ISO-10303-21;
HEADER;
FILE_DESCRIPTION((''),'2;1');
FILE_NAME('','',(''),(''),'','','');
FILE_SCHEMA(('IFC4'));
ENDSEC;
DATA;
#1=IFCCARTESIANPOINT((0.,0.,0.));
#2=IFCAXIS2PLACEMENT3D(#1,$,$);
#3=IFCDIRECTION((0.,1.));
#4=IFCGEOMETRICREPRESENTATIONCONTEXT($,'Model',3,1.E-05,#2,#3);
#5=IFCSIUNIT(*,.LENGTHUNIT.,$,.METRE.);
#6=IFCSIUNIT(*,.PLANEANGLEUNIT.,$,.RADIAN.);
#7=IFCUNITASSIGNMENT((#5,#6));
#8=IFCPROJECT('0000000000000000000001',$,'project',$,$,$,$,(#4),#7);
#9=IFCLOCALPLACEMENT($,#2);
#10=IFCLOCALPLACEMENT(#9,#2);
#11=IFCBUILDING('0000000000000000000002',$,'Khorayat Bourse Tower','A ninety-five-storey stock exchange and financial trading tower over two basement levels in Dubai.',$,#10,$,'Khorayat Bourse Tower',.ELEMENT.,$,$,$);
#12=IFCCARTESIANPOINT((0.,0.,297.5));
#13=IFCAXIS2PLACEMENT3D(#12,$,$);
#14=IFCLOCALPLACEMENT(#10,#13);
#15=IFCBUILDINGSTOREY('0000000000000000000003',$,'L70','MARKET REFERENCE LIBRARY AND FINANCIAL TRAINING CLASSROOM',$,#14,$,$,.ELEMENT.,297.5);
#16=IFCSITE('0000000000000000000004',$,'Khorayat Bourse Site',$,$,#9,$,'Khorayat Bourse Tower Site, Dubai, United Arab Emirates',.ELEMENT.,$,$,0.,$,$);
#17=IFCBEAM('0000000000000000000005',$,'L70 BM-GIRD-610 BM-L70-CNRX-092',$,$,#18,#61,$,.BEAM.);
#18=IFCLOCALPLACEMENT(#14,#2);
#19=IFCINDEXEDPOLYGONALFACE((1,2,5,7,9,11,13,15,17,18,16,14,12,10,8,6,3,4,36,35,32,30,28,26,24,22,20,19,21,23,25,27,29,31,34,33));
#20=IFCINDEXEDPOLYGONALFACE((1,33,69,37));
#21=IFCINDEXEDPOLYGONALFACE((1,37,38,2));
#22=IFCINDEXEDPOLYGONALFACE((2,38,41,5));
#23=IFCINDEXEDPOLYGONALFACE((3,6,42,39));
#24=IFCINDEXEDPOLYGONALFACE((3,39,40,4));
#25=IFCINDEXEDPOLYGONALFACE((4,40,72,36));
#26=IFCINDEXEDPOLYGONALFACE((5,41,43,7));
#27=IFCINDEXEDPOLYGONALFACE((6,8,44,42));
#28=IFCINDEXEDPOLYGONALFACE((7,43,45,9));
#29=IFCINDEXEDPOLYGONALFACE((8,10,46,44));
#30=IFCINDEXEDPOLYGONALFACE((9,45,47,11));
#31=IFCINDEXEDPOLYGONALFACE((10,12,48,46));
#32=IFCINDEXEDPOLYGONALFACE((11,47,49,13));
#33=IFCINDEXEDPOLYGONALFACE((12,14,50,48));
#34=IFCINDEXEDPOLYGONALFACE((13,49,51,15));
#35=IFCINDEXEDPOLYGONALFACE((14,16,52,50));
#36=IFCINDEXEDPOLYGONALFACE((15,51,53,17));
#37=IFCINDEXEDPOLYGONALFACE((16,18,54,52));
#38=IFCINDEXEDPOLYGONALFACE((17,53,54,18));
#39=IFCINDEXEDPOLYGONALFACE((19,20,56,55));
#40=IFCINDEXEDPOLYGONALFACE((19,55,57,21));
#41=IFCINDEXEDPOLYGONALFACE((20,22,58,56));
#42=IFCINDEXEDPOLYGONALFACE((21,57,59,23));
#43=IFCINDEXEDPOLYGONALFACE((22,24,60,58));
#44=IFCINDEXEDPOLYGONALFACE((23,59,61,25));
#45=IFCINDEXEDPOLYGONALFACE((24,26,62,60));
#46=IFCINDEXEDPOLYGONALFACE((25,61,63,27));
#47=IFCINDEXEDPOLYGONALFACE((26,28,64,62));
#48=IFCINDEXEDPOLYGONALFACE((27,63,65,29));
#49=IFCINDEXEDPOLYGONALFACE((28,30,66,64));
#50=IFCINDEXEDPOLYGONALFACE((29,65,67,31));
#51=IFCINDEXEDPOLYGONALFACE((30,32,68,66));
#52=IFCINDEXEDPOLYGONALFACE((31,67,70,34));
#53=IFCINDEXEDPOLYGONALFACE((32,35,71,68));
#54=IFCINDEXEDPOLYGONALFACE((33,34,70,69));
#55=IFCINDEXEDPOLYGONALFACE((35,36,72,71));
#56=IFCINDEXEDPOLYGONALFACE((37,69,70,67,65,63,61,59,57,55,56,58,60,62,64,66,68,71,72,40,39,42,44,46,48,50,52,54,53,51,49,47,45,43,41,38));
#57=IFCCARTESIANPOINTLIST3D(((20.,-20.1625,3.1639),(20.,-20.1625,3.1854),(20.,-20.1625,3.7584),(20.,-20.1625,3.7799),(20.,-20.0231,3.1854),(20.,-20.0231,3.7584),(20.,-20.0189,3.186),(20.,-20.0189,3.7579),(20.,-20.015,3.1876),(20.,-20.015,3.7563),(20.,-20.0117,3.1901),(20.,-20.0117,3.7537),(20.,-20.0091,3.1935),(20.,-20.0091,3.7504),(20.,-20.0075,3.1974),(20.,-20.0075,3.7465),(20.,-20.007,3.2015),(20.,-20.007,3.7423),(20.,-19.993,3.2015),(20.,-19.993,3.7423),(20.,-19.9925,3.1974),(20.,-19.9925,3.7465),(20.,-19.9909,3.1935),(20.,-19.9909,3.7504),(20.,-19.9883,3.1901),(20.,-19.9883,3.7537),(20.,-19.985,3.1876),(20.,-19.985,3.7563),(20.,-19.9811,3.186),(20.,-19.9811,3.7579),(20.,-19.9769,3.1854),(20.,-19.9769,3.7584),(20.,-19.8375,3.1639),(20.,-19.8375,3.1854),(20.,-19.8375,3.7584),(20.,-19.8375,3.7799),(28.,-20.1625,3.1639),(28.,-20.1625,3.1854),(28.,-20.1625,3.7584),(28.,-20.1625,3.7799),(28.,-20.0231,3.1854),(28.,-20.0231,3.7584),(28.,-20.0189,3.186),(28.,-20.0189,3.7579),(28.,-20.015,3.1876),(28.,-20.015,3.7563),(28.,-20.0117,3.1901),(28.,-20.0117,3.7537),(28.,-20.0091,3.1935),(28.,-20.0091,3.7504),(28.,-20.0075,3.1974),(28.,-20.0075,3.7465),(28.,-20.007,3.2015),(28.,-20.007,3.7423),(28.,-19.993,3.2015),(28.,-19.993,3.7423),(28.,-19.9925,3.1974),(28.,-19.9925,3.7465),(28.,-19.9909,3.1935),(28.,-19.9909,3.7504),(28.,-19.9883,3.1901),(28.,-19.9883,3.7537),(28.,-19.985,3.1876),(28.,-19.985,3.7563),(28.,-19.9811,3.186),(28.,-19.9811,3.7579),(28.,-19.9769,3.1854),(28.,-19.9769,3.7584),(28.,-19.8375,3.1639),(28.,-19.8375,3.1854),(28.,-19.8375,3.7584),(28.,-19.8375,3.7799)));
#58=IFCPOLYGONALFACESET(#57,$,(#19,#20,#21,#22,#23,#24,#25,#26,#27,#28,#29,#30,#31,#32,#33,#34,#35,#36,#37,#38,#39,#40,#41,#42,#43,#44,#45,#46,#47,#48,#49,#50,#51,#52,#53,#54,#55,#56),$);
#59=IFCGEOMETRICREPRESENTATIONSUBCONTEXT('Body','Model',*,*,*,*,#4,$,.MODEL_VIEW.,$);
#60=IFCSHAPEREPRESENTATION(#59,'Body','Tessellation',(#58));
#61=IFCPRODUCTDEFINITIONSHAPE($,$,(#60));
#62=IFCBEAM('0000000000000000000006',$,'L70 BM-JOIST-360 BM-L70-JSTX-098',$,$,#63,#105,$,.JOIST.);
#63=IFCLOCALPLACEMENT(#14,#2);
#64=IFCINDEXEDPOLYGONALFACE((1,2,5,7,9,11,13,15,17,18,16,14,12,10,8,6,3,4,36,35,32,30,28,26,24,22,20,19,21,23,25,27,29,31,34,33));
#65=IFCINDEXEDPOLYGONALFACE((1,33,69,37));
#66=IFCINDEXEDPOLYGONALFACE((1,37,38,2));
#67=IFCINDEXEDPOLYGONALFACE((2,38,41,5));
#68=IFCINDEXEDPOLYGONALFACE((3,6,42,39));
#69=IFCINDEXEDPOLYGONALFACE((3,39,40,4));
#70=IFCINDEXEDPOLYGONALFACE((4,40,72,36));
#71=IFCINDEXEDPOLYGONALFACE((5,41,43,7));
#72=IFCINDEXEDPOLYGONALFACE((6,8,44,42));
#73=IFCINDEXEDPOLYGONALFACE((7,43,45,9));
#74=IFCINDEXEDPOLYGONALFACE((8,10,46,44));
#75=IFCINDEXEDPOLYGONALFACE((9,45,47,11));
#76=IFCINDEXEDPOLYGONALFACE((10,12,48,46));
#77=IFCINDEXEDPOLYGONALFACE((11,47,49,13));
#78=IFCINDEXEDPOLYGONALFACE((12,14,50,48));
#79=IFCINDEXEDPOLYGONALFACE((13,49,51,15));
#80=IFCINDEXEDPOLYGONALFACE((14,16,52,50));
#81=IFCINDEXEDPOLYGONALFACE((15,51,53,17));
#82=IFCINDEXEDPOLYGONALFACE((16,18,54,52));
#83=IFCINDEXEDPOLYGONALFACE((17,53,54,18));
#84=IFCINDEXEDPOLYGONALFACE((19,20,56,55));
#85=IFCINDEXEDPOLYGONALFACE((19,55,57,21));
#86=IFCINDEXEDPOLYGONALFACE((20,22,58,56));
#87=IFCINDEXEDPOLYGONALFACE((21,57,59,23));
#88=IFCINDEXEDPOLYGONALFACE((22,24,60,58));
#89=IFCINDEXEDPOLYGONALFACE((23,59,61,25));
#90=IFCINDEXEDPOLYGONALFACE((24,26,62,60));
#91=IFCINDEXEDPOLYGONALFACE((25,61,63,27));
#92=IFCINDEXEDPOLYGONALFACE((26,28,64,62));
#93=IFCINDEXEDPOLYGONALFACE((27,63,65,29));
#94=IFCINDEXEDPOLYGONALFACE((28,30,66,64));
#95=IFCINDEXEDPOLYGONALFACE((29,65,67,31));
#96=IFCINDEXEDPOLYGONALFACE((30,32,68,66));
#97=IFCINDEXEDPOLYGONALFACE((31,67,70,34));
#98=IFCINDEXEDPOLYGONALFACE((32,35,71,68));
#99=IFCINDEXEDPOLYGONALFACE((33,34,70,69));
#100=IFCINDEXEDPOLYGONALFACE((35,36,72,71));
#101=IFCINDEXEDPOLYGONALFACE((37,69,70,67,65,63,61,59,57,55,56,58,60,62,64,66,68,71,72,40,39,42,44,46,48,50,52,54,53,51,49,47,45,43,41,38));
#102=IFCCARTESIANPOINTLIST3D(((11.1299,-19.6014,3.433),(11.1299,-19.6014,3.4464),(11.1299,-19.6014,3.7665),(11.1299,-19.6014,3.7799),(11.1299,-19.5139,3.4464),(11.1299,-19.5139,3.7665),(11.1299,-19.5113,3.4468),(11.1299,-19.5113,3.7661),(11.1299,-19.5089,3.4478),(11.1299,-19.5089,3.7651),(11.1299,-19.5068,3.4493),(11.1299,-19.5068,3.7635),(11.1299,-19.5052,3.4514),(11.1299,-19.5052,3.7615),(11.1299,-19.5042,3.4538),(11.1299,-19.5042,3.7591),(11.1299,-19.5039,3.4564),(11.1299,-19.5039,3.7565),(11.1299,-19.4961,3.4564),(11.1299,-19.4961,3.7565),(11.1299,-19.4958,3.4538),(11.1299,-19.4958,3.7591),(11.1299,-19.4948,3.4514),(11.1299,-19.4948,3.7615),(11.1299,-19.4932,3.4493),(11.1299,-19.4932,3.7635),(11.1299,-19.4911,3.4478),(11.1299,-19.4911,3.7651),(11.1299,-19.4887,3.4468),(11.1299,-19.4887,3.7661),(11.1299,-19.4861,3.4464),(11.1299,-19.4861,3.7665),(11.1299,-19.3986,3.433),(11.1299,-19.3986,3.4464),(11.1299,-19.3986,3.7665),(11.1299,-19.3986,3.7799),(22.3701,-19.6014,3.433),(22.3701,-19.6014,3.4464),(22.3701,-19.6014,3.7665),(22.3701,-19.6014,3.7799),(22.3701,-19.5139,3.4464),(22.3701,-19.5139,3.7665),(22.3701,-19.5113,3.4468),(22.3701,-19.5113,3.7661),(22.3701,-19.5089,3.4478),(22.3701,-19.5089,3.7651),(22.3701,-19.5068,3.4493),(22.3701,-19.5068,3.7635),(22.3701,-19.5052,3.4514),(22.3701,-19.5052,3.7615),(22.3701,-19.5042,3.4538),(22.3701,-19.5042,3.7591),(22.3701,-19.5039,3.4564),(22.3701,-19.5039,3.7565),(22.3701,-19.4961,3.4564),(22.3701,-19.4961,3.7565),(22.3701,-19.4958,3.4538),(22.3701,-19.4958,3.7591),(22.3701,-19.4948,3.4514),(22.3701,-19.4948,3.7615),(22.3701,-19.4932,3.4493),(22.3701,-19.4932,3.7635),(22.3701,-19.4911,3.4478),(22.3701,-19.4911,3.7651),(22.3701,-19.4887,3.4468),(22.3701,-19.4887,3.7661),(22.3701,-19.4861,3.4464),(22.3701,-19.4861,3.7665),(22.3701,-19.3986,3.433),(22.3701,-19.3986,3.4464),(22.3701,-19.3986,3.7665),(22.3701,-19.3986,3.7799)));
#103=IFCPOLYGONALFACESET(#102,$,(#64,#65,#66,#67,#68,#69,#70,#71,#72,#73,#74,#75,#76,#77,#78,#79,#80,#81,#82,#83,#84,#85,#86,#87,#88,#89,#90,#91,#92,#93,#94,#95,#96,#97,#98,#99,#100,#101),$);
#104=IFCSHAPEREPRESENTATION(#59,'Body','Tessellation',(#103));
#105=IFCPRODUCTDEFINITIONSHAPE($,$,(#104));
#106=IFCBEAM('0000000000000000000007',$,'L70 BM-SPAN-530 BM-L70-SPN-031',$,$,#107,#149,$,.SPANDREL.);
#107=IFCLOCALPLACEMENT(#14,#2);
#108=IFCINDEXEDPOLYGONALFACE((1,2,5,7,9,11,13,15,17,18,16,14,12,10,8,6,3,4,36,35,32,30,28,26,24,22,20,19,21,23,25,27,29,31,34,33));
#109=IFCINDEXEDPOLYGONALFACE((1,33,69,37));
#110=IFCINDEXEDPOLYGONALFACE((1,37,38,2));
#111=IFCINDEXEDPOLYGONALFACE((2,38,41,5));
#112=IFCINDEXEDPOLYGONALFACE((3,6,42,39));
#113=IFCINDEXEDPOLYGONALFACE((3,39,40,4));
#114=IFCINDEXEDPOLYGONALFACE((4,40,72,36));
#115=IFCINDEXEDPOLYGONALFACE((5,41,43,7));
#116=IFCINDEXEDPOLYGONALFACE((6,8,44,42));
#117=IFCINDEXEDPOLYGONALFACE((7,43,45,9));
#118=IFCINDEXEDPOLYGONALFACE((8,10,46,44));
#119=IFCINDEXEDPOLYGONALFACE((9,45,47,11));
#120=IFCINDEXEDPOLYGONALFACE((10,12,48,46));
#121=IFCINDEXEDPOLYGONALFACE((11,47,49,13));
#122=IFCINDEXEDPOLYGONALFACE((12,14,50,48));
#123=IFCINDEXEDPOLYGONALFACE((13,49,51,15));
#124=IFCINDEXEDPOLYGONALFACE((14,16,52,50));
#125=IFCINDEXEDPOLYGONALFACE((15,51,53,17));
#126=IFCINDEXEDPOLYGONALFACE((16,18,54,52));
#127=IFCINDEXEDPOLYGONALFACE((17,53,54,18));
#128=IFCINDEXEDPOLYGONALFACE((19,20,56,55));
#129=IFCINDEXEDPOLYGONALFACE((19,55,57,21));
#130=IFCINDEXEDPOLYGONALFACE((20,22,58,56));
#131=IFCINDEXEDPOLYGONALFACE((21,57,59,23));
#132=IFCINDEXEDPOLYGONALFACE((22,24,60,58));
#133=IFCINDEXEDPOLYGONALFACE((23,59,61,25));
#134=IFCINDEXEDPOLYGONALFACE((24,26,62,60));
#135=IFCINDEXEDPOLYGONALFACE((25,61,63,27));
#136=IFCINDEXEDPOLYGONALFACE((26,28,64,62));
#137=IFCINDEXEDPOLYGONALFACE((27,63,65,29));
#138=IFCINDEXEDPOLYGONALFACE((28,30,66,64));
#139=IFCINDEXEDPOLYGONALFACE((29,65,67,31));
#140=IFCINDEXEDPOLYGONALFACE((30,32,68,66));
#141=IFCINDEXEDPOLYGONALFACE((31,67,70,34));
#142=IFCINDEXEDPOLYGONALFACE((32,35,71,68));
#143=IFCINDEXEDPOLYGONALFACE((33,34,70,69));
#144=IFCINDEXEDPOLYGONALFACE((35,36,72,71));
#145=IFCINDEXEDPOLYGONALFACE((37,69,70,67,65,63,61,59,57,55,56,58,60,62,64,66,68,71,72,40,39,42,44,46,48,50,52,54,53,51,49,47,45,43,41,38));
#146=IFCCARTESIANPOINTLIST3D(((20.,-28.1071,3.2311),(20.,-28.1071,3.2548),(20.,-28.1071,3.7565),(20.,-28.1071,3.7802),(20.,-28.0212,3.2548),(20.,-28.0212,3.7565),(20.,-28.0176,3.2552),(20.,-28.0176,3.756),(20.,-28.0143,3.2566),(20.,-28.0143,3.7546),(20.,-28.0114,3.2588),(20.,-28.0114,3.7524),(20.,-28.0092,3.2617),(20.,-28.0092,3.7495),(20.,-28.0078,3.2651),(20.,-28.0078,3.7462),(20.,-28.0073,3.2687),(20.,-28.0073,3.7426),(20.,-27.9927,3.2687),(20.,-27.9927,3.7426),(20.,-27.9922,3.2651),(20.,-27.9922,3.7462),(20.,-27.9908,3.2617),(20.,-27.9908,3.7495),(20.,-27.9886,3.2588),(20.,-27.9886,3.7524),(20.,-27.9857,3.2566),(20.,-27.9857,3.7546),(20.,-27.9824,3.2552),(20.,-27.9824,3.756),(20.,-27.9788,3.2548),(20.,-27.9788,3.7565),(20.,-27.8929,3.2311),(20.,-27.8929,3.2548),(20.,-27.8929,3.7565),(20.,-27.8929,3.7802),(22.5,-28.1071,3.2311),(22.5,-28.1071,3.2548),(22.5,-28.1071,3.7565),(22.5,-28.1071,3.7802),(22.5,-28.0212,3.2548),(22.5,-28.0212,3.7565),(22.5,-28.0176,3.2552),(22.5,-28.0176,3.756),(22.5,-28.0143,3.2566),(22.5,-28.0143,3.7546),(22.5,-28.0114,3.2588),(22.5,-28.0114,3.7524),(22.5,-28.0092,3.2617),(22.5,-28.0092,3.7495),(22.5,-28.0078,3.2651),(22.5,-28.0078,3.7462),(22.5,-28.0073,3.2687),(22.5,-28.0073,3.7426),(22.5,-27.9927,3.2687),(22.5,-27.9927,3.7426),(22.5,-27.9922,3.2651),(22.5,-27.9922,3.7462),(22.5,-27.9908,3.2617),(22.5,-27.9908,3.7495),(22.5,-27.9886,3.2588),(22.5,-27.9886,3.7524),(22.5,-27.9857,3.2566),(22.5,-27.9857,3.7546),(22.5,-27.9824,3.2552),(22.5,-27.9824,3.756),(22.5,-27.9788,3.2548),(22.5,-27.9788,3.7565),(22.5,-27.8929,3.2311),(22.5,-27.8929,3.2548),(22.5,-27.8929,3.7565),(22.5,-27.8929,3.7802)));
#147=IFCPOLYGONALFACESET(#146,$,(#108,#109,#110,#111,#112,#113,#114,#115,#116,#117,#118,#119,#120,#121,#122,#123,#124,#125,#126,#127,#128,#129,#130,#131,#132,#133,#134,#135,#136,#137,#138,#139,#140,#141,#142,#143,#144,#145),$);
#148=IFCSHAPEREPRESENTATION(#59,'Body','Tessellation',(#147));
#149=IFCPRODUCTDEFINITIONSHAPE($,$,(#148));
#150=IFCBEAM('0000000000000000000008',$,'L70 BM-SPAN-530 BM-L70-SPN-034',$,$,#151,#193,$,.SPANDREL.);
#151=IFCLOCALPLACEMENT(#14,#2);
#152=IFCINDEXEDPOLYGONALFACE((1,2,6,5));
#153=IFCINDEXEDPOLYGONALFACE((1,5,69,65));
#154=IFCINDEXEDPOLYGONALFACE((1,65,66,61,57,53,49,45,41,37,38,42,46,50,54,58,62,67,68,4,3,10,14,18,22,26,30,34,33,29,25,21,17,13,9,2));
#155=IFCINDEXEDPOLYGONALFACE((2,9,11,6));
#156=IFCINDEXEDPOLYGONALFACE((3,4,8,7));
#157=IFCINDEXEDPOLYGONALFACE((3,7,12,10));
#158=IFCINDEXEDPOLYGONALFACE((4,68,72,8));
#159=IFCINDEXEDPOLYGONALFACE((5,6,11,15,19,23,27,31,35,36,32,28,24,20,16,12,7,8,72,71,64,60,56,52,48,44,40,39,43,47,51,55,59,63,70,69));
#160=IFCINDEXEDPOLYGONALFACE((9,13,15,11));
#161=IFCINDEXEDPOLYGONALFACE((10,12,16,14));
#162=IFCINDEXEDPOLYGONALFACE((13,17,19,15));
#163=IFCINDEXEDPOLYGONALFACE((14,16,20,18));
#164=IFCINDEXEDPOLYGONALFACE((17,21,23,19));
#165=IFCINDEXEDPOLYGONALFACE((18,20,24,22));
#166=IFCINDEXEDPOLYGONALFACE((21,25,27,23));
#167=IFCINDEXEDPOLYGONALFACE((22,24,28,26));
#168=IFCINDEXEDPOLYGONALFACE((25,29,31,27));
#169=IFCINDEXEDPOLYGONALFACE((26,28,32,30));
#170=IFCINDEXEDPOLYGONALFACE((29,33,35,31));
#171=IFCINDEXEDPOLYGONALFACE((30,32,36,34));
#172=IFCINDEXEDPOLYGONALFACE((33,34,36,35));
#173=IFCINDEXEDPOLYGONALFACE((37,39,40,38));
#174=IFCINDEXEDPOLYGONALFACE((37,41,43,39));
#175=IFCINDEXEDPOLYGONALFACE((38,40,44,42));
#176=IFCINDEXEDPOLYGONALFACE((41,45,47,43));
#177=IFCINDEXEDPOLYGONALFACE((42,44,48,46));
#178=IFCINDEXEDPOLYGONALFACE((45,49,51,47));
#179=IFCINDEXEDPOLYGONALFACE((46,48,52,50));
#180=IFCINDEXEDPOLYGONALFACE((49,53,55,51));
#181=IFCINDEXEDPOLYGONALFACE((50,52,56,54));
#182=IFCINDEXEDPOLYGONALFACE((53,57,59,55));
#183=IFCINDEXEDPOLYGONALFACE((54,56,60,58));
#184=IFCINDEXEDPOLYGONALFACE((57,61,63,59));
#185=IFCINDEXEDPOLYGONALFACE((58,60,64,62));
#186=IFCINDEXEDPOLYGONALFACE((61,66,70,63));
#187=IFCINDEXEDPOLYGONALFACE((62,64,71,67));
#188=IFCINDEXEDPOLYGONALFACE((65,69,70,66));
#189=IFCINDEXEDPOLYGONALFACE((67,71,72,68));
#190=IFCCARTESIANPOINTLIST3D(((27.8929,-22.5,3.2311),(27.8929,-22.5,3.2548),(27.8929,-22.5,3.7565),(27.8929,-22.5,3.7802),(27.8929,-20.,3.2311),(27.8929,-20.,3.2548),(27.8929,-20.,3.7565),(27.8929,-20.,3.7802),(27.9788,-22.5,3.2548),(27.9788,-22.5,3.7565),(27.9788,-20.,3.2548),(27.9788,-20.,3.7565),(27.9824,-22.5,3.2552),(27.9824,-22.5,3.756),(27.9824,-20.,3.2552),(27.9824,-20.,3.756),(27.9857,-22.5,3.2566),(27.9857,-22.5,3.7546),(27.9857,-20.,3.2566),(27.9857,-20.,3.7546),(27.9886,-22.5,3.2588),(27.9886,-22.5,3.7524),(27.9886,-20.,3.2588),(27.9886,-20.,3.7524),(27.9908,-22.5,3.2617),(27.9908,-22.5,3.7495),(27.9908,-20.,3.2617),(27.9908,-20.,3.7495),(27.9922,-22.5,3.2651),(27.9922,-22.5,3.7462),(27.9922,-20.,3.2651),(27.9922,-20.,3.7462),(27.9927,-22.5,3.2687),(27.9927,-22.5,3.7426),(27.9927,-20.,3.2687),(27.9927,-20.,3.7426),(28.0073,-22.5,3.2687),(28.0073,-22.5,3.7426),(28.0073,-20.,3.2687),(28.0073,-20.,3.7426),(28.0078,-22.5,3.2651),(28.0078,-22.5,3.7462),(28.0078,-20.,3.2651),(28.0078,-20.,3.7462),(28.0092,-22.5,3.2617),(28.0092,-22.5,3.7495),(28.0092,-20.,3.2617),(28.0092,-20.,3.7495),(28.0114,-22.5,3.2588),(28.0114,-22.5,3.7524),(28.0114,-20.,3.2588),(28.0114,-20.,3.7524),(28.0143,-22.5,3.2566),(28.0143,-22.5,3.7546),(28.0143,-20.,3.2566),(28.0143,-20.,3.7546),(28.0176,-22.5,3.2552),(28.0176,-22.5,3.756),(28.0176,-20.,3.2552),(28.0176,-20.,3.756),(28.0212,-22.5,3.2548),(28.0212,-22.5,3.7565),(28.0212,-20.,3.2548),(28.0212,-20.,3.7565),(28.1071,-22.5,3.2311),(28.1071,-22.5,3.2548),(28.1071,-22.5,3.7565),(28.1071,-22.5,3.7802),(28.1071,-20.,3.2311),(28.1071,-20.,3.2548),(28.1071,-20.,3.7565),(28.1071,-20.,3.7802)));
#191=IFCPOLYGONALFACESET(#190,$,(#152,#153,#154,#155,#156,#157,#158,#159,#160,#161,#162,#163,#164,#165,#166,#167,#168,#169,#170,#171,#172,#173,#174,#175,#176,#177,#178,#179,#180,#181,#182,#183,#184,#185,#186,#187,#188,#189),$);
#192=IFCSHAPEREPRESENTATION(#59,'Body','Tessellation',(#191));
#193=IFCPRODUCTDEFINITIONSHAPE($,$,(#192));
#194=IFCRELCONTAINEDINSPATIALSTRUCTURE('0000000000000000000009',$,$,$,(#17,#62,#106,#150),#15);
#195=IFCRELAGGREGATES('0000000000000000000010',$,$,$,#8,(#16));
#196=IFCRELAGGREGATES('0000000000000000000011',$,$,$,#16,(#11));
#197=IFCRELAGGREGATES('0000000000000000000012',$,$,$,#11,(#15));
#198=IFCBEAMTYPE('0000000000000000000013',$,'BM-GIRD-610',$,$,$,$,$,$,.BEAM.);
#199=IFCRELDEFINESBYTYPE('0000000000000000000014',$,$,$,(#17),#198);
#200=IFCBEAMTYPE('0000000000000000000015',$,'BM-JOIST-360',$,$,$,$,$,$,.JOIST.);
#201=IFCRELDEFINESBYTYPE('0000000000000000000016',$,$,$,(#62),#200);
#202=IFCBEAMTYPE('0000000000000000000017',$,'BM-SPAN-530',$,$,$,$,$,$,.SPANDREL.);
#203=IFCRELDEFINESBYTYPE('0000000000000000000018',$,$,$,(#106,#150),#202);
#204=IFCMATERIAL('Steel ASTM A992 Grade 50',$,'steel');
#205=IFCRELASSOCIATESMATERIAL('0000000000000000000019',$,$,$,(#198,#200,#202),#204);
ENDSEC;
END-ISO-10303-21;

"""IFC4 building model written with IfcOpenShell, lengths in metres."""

from ifc_helpers import new_model, si_unit, direction, frame, origin, origin_2d, place, context, subcontext, project, spatial, i_section, extrude, source, transform, mapped, material, material_profile, profile_set, type_object, element, save


model = new_model("IFC4")

# Units and contexts
model_context = context("Model", 3, precision=1e-05, world=origin(), true_north=direction((0.0, 1.0)))
body_context = subcontext(model_context, "Body", "Model", "MODEL_VIEW")
ifc_project = project(units=[si_unit("LENGTHUNIT", "METRE"), si_unit("PLANEANGLEUNIT", "RADIAN")], contexts=[model_context])

# Site, building, storey
site_placement = place(None, origin())
site = spatial("IfcSite", under=ifc_project, at=site_placement, Name="Khorayat Bourse Site", LongName="Khorayat Bourse Tower Site, Dubai, United Arab Emirates", CompositionType="ELEMENT", RefElevation=0.0)
building_placement = place(site_placement, origin())
building = spatial("IfcBuilding", under=site, at=building_placement, Name="Khorayat Bourse Tower", Description="A ninety-five-storey stock exchange and financial trading tower over two basement levels in Dubai.", LongName="Khorayat Bourse Tower", CompositionType="ELEMENT")
storey_placement = place(building_placement, frame((0.0, 0.0, 297.5)))
storey = spatial("IfcBuildingStorey", under=building, at=storey_placement, Name="L70", Description="MARKET REFERENCE LIBRARY AND FINANCIAL TRAINING CLASSROOM", CompositionType="ELEMENT", Elevation=297.5)

# Beams
ifc_material_1 = material(Name="Steel ASTM A992 Grade 50", Category="steel")
ifc_material_profile_1 = material_profile(ifc_material_1, i_section(OverallWidth=0.325, OverallDepth=0.616, WebThickness=0.0139, FlangeThickness=0.0215, FilletRadius=0.0161, at=origin_2d()), Name="W610X174")
ifc_profile_set_1 = profile_set([ifc_material_profile_1], Name="Steel ASTM A992 Grade 50")
beam_type_1 = type_object("IfcBeamType", Name="BM-GIRD-610", PredefinedType="BEAM", material=ifc_profile_set_1)
shared_shape_1 = source(origin(), body_context, "Body", "SweptSolid", [
    extrude(i_section(OverallWidth=0.325, OverallDepth=0.616, WebThickness=0.0139, FlangeThickness=0.0215, FilletRadius=0.0161, at=origin_2d()), origin(), (0.0, 0.0, 1.0), 8.0),
])
beam_1_placement = place(storey_placement, frame((20.0, -20.0, 3.4719), z_axis=(1.0, 0.0, 0.0), x_axis=(0.0, 1.0, 0.0)))
element("IfcBeam", 1, at=beam_1_placement, inside=storey, type_object=beam_type_1, Name="L70 BM-GIRD-610 BM-L70-CNRX-092", PredefinedType="BEAM", context=body_context, shape_type="MappedRepresentation", body=[
    mapped(shared_shape_1, transform((0.0, 0.0, 0.0), scale=1.0)),
])
ifc_material_profile_2 = material_profile(ifc_material_1, i_section(OverallWidth=0.2029, OverallDepth=0.3469, WebThickness=0.0078, FlangeThickness=0.0134, FilletRadius=0.01, at=origin_2d()), Name="W360X64")
ifc_profile_set_2 = profile_set([ifc_material_profile_2], Name="Steel ASTM A992 Grade 50")
beam_type_2 = type_object("IfcBeamType", Name="BM-JOIST-360", PredefinedType="JOIST", material=ifc_profile_set_2)
shared_shape_2 = source(origin(), body_context, "Body", "SweptSolid", [
    extrude(i_section(OverallWidth=0.2029, OverallDepth=0.3469, WebThickness=0.0078, FlangeThickness=0.0134, FilletRadius=0.01, at=origin_2d()), origin(), (0.0, 0.0, 1.0), 11.2402),
])
beam_2_placement = place(storey_placement, frame((11.1299, -19.5, 3.6064), z_axis=(1.0, 0.0, 0.0), x_axis=(0.0, 1.0, 0.0)))
element("IfcBeam", 2, at=beam_2_placement, inside=storey, type_object=beam_type_2, Name="L70 BM-JOIST-360 BM-L70-JSTX-098", PredefinedType="JOIST", context=body_context, shape_type="MappedRepresentation", body=[
    mapped(shared_shape_2, transform((0.0, 0.0, 0.0), scale=1.0)),
])
ifc_material_profile_3 = material_profile(ifc_material_1, i_section(OverallWidth=0.2141, OverallDepth=0.5491, WebThickness=0.0146, FlangeThickness=0.0237, FilletRadius=0.0139, at=origin_2d()), Name="W530X138")
ifc_profile_set_3 = profile_set([ifc_material_profile_3], Name="Steel ASTM A992 Grade 50")
beam_type_3 = type_object("IfcBeamType", Name="BM-SPAN-530", PredefinedType="SPANDREL", material=ifc_profile_set_3)
shared_shape_3 = source(origin(), body_context, "Body", "SweptSolid", [
    extrude(i_section(OverallWidth=0.2141, OverallDepth=0.5491, WebThickness=0.0146, FlangeThickness=0.0237, FilletRadius=0.0139, at=origin_2d()), origin(), (0.0, 0.0, 1.0), 2.5),
])
for number, where, z_axis, x_axis, name in (
    (3, (20.0, -28.0, 3.5056), (1.0, 0.0, 0.0), (0.0, 1.0, 0.0), "L70 BM-SPAN-530 BM-L70-SPN-031"),
    (4, (28.0, -22.5, 3.5056), (0.0, 1.0, 0.0), (-1.0, 0.0, 0.0), "L70 BM-SPAN-530 BM-L70-SPN-034"),
):
    element("IfcBeam", number, at=place(storey_placement, frame(where, z_axis=z_axis, x_axis=x_axis)), inside=storey, type_object=beam_type_3, Name=name, PredefinedType="SPANDREL", context=body_context, shape_type="MappedRepresentation", body=[
        mapped(shared_shape_3, transform((0.0, 0.0, 0.0), scale=1.0)),
    ])

save(model, "model.ifc")
